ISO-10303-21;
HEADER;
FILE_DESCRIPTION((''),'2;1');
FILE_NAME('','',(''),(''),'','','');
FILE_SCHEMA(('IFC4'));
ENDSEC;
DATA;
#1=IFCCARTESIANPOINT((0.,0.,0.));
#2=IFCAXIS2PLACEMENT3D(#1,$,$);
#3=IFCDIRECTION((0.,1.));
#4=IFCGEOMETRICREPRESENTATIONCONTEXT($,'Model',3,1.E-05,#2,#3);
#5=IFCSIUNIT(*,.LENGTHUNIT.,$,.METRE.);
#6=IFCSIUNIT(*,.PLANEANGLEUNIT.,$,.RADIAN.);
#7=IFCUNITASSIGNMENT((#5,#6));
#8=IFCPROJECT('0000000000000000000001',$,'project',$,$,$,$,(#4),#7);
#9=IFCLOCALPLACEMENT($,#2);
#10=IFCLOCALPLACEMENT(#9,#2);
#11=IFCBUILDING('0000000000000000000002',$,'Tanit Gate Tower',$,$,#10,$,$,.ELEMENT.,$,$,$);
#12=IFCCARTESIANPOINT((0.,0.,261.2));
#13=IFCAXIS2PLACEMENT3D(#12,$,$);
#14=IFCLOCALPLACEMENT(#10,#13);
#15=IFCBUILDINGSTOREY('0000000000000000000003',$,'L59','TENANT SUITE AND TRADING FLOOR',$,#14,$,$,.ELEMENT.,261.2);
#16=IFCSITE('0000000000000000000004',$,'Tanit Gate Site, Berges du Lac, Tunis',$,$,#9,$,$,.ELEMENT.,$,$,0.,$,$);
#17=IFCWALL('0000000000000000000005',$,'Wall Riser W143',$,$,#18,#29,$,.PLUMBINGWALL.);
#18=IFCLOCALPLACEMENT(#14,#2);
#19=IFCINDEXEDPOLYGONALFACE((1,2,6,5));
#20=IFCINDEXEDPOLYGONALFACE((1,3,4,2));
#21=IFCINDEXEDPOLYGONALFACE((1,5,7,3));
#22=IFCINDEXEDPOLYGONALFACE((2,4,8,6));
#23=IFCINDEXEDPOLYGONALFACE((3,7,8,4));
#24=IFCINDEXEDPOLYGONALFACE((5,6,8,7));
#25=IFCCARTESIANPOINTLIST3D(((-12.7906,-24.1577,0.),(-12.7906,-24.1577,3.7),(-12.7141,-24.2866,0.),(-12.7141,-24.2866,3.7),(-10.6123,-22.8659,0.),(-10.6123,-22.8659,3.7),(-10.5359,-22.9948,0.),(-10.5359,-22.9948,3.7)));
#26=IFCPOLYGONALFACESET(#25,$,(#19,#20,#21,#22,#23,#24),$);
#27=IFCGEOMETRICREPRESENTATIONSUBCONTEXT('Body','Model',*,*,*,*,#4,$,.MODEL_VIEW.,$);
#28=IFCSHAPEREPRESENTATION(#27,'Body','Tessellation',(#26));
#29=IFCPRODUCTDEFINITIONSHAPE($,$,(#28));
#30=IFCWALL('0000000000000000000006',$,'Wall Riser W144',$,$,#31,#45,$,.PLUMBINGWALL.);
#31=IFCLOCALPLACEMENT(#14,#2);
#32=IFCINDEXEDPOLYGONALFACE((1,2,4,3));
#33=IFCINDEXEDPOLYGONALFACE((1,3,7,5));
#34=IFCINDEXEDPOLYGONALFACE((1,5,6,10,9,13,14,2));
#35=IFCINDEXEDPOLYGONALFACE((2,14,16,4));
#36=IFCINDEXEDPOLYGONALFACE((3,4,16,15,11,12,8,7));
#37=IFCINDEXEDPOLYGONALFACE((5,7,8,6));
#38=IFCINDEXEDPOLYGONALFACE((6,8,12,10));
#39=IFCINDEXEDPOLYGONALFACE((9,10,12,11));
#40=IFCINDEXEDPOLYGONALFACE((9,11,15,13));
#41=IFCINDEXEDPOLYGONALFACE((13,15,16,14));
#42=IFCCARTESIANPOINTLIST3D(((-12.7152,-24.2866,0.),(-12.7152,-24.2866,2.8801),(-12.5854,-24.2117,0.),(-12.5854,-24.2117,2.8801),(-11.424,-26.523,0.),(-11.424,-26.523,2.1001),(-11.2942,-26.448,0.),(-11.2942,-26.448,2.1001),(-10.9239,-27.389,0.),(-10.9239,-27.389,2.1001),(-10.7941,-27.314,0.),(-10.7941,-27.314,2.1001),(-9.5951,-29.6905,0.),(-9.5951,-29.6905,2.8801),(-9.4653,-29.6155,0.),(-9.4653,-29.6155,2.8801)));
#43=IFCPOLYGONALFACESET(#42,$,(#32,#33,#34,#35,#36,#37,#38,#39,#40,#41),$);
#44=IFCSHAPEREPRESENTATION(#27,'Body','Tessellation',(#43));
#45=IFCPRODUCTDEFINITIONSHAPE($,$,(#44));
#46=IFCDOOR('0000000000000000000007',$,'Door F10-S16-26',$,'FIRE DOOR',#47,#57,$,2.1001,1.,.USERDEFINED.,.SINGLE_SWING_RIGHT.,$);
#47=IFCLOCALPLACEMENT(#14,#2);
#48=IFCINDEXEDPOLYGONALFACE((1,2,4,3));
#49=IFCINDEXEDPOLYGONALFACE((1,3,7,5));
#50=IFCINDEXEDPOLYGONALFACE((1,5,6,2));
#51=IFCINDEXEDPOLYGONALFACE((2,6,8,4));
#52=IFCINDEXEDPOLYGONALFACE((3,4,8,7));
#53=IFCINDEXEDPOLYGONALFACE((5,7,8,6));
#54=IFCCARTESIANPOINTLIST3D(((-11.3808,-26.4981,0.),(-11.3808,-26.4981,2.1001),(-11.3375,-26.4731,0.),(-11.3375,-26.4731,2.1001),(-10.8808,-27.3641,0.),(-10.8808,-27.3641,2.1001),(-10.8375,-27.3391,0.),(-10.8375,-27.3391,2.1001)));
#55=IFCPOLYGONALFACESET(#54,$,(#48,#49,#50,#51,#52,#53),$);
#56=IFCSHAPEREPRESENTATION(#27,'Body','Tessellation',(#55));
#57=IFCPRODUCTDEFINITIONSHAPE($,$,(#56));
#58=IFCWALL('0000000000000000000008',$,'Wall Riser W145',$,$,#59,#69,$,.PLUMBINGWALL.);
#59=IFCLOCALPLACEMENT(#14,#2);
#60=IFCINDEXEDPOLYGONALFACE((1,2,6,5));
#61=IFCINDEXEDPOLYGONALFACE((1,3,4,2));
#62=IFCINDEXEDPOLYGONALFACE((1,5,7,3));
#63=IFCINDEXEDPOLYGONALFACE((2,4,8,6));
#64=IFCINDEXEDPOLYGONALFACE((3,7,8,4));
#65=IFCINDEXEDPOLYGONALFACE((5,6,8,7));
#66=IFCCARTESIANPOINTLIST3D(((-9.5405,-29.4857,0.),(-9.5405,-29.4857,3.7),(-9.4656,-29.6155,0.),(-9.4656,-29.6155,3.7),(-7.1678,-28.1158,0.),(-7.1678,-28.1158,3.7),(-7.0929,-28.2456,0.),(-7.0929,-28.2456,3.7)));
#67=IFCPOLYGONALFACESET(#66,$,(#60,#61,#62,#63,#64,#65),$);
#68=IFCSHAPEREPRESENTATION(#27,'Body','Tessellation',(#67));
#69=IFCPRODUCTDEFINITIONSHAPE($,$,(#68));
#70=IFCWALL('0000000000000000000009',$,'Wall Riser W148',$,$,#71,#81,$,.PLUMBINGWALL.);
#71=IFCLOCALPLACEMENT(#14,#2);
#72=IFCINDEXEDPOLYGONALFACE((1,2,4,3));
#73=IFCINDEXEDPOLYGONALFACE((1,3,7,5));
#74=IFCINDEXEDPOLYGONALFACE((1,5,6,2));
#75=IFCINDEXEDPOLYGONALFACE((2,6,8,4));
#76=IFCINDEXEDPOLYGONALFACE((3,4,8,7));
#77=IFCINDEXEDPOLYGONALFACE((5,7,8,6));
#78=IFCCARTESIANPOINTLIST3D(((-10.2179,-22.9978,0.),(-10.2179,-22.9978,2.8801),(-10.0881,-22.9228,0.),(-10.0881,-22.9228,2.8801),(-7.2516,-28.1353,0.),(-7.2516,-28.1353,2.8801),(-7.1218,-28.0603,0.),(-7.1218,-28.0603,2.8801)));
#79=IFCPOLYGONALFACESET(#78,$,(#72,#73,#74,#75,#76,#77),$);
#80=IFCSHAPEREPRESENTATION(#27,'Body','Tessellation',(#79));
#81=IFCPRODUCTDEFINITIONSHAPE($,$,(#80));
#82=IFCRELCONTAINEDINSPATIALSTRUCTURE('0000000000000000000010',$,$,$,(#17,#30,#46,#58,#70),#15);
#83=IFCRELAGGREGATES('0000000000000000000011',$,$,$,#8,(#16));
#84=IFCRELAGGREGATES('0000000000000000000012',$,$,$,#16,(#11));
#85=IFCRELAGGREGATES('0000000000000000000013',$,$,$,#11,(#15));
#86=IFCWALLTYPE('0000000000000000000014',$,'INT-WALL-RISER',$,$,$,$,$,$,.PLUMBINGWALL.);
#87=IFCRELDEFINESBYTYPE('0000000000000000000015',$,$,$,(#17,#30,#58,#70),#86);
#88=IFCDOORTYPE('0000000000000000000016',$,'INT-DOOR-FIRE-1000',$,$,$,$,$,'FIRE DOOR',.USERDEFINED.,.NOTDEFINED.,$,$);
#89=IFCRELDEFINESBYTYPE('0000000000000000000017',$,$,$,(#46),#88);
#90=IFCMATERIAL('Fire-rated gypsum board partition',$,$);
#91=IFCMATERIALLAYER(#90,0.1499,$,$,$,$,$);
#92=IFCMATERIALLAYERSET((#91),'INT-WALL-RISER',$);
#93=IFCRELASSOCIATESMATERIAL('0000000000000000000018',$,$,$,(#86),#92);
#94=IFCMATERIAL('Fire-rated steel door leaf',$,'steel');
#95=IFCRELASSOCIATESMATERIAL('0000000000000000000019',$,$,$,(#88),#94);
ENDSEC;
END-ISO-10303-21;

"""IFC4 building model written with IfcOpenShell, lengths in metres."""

from ifc_helpers import new_model, si_unit, direction, frame, frame_2d, origin, place, context, subcontext, project, spatial, rectangle, extrude, material, layer, layer_set, type_object, element, fill, save


model = new_model("IFC4")

# Units and contexts
model_context = context("Model", 3, precision=1e-05, world=origin(), true_north=direction((0.0, 1.0)))
body_context = subcontext(model_context, "Body", "Model", "MODEL_VIEW")
ifc_project = project(units=[si_unit("LENGTHUNIT", "METRE"), si_unit("PLANEANGLEUNIT", "RADIAN")], contexts=[model_context])

# Site, building, storey
site_placement = place(None, origin())
site = spatial("IfcSite", under=ifc_project, at=site_placement, Name="Tanit Gate Site, Berges du Lac, Tunis", CompositionType="ELEMENT", RefElevation=0.0)
building_placement = place(site_placement, origin())
building = spatial("IfcBuilding", under=site, at=building_placement, Name="Tanit Gate Tower", CompositionType="ELEMENT")
storey_placement = place(building_placement, frame((0.0, 0.0, 261.2)))
storey = spatial("IfcBuildingStorey", under=building, at=storey_placement, Name="L59", Description="TENANT SUITE AND TRADING FLOOR", CompositionType="ELEMENT", Elevation=261.2)

# Wall
ifc_material_1 = material(Name="Fire-rated gypsum board partition")
ifc_layer_1 = layer(ifc_material_1, 0.1499)
ifc_layer_set_1 = layer_set([ifc_layer_1], Name="INT-WALL-RISER")
wall_type_1 = type_object("IfcWallType", Name="INT-WALL-RISER", PredefinedType="PLUMBINGWALL", material=ifc_layer_set_1)
wall_1_placement = place(storey_placement, frame((-10.5742, -22.9304, 0.0), z_axis=(0.0, 0.0, 1.0), x_axis=(-0.860127, -0.51008, 0.0)))
element("IfcWall", 1, at=wall_1_placement, inside=storey, type_object=wall_type_1, Name="Wall Riser W143", PredefinedType="PLUMBINGWALL", context=body_context, shape_type="SweptSolid", body=[
    extrude(rectangle(XDim=2.5325, YDim=0.1499, at=frame_2d((1.2661, 0.0))), origin(), (0.0, 0.0, 1.0), 3.7),
])

# Wall, opening, door
wall_2_placement = place(storey_placement, frame((-12.6504, -24.249, 0.0), z_axis=(0.0, 0.0, 1.0), x_axis=(0.500027, -0.86601, 0.0)))
wall_2 = element("IfcWall", 2, at=wall_2_placement, inside=storey, type_object=wall_type_1, Name="Wall Riser W144", PredefinedType="PLUMBINGWALL", context=body_context, shape_type="SweptSolid", body=[
    extrude(rectangle(XDim=6.24, YDim=0.1499, at=frame_2d((3.1201, 0.0))), origin(), (0.0, 0.0, 1.0), 2.8801),
])
opening_1_placement = place(wall_2_placement, frame((2.5825, 0.0, 0.0)))
opening_1 = element("IfcOpeningElement", 3, at=opening_1_placement, cuts=wall_2, PredefinedType="OPENING", context=body_context, shape_type="SweptSolid", body=[
    extrude(rectangle(XDim=1.0, YDim=2.1001, at=frame_2d((0.5, 1.05))), frame((0.0, 0.085, 0.0), z_axis=(0.0, -1.0, 0.0), x_axis=(1.0, 0.0, 0.0)), (0.0, 0.0, 1.0), 0.1699),
])
ifc_material_2 = material(Name="Fire-rated steel door leaf", Category="steel")
door_type_1 = type_object("IfcDoorType", Name="INT-DOOR-FIRE-1000", ElementType="FIRE DOOR", OperationType="NOTDEFINED", PredefinedType="USERDEFINED", material=ifc_material_2)
door_1_placement = place(opening_1_placement, origin())
door_1 = element("IfcDoor", 4, at=door_1_placement, inside=storey, type_object=door_type_1, Name="Door F10-S16-26", ObjectType="FIRE DOOR", OperationType="SINGLE_SWING_RIGHT", OverallHeight=2.1001, OverallWidth=1.0, PredefinedType="USERDEFINED", context=body_context, shape_type="SweptSolid", body=[
    extrude(rectangle(XDim=1.0, YDim=2.1001, at=frame_2d((0.5, 1.05))), frame((0.0, 0.0249, 0.0), z_axis=(0.0, -1.0, 0.0), x_axis=(1.0, 0.0, 0.0)), (0.0, 0.0, 1.0), 0.05),
])
fill(opening_1, door_1)

# Walls
wall_3_placement = place(storey_placement, frame((-7.1304, -28.1807, 0.0), z_axis=(0.0, 0.0, 1.0), x_axis=(-0.866013, -0.500021, 0.0)))
element("IfcWall", 5, at=wall_3_placement, inside=storey, type_object=wall_type_1, Name="Wall Riser W145", PredefinedType="PLUMBINGWALL", context=body_context, shape_type="SweptSolid", body=[
    extrude(rectangle(XDim=2.7397, YDim=0.1499, at=frame_2d((1.3699, 0.0))), origin(), (0.0, 0.0, 1.0), 3.7),
])
wall_4_placement = place(storey_placement, frame((-10.1531, -22.9602, 0.0), z_axis=(0.0, 0.0, 1.0), x_axis=(0.500025, -0.866011, 0.0)))
element("IfcWall", 6, at=wall_4_placement, inside=storey, type_object=wall_type_1, Name="Wall Riser W148", PredefinedType="PLUMBINGWALL", context=body_context, shape_type="SweptSolid", body=[
    extrude(rectangle(XDim=5.9324, YDim=0.1499, at=frame_2d((2.9663, 0.0))), origin(), (0.0, 0.0, 1.0), 2.8801),
])

save(model, "model.ifc")
